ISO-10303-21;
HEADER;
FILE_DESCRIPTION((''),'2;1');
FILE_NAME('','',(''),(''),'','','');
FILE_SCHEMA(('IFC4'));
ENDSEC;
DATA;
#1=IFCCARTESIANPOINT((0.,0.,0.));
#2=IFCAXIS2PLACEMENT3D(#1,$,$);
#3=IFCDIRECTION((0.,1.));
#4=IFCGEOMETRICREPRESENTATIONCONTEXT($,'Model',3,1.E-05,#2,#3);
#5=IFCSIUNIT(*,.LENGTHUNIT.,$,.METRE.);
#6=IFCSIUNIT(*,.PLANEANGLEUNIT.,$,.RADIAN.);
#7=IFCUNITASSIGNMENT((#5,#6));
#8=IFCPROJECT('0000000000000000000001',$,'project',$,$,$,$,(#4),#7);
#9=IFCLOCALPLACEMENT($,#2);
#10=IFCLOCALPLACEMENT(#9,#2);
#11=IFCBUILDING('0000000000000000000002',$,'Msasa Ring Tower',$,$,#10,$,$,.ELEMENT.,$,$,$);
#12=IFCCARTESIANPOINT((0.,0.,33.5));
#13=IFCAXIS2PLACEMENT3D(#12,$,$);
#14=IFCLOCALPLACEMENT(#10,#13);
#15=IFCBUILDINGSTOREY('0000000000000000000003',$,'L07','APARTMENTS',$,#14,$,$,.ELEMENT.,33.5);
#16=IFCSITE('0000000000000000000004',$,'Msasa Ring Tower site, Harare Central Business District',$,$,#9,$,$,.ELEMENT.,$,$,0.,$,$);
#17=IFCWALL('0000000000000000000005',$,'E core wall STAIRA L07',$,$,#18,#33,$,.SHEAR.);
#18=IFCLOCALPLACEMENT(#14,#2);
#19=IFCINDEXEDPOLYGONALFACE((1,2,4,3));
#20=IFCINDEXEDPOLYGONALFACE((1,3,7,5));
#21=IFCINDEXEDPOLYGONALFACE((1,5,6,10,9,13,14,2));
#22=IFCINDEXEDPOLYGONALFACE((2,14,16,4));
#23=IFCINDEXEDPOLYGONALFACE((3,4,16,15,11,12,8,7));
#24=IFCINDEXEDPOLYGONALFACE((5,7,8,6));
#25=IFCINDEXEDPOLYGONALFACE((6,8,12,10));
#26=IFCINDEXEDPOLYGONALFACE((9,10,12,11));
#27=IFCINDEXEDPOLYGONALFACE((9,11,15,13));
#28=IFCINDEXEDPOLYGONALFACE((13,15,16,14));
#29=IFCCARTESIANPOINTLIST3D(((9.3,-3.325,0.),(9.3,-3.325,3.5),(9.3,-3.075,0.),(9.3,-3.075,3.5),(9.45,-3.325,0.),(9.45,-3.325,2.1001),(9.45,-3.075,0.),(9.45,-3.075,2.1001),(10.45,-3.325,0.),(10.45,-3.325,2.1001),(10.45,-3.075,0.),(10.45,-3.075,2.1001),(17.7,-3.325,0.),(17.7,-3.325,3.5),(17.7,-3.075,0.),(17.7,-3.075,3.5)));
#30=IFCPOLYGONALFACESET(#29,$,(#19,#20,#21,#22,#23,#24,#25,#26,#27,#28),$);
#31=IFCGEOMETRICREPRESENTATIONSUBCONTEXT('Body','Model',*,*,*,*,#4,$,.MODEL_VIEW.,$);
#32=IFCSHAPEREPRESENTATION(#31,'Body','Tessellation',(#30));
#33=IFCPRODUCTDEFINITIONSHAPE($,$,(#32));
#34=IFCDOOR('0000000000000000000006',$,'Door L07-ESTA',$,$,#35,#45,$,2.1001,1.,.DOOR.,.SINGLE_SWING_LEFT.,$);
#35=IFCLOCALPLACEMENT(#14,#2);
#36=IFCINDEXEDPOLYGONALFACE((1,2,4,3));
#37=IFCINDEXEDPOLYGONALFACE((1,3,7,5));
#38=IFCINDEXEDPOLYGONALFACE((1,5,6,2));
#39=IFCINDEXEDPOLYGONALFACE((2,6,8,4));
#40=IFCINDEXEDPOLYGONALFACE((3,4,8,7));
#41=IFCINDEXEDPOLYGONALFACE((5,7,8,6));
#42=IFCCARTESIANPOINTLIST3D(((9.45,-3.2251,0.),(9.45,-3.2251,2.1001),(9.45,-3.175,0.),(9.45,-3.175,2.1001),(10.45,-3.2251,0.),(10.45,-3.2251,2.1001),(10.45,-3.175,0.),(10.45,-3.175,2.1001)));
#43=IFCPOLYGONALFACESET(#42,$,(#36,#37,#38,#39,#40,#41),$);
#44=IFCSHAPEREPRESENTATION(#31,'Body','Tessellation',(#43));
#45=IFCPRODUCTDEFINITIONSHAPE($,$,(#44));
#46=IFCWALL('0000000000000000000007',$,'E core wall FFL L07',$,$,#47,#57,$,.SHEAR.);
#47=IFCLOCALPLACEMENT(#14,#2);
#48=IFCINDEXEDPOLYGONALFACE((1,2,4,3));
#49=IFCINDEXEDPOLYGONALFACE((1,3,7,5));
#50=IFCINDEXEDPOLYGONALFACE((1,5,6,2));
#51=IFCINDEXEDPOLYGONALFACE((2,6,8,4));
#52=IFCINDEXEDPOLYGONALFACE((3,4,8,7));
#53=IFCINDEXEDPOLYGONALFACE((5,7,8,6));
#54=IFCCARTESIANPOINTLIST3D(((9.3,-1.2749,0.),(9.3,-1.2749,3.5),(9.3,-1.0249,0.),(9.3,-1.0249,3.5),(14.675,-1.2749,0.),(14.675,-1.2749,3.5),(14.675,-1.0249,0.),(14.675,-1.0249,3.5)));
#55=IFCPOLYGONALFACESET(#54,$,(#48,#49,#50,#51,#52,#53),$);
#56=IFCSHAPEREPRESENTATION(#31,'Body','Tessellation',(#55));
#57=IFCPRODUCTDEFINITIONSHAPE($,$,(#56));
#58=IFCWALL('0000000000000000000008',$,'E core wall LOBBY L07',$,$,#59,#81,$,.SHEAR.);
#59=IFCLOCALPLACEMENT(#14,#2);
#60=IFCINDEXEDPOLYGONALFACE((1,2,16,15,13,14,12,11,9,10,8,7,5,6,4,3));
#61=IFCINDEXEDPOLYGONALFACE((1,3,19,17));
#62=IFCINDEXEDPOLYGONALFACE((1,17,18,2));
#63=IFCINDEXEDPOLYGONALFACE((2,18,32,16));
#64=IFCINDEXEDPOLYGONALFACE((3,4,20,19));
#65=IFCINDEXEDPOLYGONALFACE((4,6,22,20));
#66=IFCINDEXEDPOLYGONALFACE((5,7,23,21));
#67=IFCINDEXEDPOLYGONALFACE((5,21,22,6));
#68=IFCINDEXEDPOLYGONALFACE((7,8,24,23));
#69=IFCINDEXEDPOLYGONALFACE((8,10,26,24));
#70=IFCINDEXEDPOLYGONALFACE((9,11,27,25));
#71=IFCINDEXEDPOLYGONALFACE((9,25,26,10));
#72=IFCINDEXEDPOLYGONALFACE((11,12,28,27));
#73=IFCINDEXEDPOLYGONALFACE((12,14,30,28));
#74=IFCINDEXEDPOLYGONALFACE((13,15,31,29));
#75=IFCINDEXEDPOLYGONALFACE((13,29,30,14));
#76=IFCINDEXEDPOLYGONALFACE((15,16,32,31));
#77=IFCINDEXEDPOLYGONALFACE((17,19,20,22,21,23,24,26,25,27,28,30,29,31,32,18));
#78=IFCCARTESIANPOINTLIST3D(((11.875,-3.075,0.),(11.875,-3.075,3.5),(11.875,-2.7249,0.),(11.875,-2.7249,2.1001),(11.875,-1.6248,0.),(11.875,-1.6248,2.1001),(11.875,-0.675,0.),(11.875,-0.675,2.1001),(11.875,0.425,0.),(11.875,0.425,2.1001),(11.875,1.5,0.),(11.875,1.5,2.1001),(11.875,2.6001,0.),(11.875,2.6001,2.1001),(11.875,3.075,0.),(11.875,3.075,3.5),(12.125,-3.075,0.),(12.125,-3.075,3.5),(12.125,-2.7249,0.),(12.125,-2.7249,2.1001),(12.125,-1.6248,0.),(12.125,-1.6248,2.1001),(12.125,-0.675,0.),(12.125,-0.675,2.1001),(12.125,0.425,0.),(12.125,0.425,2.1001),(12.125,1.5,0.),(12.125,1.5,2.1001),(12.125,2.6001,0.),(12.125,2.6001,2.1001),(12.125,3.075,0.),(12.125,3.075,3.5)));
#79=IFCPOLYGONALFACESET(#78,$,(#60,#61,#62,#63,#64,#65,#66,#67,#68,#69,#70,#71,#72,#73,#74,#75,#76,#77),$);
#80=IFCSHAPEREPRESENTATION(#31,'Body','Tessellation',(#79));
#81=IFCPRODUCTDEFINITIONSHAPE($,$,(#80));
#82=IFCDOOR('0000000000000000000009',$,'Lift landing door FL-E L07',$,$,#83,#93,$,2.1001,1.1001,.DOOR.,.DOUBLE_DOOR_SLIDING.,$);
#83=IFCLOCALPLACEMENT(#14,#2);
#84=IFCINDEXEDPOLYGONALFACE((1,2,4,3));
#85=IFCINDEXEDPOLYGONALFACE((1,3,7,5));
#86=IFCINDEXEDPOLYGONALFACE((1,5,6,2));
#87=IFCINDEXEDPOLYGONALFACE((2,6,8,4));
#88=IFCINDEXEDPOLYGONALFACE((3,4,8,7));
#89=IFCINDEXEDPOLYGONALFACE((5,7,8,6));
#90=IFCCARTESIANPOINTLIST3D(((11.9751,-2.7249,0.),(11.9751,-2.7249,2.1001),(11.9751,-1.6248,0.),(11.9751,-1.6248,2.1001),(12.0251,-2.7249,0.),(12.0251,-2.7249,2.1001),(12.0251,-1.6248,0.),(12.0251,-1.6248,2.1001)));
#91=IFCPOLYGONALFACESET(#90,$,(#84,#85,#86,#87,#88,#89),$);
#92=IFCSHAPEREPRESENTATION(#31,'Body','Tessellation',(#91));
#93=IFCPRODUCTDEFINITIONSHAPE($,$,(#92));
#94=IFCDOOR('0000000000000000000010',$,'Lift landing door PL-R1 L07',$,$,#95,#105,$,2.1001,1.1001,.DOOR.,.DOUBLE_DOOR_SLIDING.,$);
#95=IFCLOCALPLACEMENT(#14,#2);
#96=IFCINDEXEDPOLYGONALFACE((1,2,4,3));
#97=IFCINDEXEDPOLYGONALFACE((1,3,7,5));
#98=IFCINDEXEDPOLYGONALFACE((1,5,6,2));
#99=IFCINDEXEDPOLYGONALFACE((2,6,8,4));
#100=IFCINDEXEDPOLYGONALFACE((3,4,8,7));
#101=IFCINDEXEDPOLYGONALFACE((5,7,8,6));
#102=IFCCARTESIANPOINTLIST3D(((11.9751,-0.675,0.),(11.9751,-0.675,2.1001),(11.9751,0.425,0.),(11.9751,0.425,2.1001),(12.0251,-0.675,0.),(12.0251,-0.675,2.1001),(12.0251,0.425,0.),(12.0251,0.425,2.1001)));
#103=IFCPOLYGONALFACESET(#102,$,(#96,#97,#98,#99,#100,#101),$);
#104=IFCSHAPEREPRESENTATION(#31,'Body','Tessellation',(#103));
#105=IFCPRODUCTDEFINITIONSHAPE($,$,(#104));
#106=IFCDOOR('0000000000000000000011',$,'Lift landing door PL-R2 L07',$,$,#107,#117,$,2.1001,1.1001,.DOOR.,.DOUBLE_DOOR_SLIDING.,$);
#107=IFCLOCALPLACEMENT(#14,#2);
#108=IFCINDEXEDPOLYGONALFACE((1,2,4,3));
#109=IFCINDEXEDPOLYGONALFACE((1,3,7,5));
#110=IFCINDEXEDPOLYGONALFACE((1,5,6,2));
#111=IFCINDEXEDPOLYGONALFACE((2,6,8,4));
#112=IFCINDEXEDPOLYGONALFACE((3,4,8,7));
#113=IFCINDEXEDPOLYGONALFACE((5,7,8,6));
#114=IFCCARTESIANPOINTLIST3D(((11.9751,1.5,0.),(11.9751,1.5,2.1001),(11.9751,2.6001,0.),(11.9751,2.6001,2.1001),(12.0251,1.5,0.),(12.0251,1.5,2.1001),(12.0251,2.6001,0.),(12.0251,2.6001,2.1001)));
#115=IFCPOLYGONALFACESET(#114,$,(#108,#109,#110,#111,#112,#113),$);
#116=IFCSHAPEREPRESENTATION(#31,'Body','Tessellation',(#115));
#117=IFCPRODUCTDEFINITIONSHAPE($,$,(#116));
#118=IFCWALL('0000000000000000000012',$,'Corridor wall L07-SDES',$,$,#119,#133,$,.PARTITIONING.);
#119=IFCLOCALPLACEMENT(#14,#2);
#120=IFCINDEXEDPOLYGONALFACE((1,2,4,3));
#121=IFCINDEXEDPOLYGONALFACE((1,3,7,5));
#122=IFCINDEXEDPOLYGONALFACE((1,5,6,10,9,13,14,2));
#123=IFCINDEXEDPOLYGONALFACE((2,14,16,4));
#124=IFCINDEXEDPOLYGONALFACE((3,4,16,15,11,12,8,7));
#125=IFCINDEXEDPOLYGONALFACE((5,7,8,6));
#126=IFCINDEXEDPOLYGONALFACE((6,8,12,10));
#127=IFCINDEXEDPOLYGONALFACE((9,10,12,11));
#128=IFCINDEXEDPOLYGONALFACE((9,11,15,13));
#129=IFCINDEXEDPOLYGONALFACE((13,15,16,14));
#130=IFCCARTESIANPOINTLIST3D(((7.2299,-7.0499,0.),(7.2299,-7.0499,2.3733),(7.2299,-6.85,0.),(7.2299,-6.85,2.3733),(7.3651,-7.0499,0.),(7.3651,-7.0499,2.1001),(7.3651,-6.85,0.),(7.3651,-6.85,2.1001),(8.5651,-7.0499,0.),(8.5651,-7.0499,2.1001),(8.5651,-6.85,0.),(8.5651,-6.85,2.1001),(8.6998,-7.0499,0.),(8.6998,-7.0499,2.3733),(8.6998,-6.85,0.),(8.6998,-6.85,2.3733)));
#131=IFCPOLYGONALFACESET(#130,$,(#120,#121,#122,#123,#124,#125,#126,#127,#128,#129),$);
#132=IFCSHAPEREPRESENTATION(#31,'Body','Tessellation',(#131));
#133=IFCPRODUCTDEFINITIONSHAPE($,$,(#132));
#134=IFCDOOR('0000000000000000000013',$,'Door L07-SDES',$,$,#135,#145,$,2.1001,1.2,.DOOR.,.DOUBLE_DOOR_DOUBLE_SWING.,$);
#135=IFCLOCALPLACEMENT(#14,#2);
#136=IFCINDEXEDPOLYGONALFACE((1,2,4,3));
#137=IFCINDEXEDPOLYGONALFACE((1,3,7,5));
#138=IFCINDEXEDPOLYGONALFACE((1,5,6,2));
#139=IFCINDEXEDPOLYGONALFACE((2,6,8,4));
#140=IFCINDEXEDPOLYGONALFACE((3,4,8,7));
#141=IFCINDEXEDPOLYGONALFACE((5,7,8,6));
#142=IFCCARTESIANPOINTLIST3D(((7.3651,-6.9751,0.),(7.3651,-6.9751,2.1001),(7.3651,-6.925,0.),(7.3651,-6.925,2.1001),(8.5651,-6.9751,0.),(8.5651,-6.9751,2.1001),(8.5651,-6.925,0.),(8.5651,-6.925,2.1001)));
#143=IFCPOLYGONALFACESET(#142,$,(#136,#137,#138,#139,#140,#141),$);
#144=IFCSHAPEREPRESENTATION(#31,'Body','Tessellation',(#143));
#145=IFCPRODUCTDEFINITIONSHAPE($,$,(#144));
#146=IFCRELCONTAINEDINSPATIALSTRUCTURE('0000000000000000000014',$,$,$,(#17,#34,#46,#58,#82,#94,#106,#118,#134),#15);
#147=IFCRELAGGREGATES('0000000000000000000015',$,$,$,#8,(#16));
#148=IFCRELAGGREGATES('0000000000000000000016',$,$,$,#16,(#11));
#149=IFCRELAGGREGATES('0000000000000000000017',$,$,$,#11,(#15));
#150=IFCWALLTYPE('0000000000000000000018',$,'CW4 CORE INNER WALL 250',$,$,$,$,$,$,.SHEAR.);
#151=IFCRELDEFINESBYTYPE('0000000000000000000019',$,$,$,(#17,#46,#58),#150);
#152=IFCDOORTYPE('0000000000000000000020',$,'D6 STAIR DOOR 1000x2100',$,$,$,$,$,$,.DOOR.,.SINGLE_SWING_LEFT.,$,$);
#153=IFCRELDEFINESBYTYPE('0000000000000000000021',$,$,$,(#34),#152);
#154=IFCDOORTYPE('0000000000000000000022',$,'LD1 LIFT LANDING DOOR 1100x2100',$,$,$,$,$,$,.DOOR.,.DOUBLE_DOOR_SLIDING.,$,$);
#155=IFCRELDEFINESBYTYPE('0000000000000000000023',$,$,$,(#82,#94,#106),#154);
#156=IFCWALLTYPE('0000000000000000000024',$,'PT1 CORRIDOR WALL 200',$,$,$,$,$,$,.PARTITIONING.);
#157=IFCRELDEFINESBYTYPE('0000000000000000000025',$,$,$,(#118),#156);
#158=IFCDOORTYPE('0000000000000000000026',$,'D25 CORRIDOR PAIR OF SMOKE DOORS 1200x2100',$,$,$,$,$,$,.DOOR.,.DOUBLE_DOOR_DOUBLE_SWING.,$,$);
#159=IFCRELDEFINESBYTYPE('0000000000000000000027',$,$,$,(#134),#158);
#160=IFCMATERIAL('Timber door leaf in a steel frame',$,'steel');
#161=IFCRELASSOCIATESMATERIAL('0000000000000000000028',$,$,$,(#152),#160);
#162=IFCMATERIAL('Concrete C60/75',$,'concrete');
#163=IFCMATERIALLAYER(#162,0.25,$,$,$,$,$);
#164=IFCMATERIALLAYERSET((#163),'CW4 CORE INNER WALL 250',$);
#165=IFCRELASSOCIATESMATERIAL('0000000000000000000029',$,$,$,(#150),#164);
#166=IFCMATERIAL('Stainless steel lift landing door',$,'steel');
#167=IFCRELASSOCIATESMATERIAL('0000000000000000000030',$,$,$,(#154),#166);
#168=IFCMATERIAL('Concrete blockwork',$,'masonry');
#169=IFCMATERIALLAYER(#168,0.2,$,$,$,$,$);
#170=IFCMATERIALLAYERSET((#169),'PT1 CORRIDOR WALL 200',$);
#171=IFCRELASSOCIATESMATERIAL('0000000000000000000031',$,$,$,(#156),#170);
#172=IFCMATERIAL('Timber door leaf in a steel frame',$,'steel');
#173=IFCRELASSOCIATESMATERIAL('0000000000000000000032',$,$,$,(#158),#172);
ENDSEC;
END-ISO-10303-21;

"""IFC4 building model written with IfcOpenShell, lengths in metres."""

from ifc_helpers import new_model, si_unit, direction, frame, frame_2d, origin, place, context, subcontext, project, spatial, rectangle, extrude, material, layer, layer_set, type_object, element, fill, save


model = new_model("IFC4")

# Units and contexts
model_context = context("Model", 3, precision=1e-05, world=origin(), true_north=direction((0.0, 1.0)))
body_context = subcontext(model_context, "Body", "Model", "MODEL_VIEW")
ifc_project = project(units=[si_unit("LENGTHUNIT", "METRE"), si_unit("PLANEANGLEUNIT", "RADIAN")], contexts=[model_context])

# Site, building, storey
site_placement = place(None, origin())
site = spatial("IfcSite", under=ifc_project, at=site_placement, Name="Msasa Ring Tower site, Harare Central Business District", CompositionType="ELEMENT", RefElevation=0.0)
building_placement = place(site_placement, origin())
building = spatial("IfcBuilding", under=site, at=building_placement, Name="Msasa Ring Tower", CompositionType="ELEMENT")
storey_placement = place(building_placement, frame((0.0, 0.0, 33.5)))
storey = spatial("IfcBuildingStorey", under=building, at=storey_placement, Name="L07", Description="APARTMENTS", CompositionType="ELEMENT", Elevation=33.5)

# Shared definitions
ifc_material_1 = material(Name="Timber door leaf in a steel frame", Category="steel")
door_type_1 = type_object("IfcDoorType", Name="D6 STAIR DOOR 1000x2100", OperationType="SINGLE_SWING_LEFT", PredefinedType="DOOR", material=ifc_material_1)

# Wall, opening, door
ifc_material_2 = material(Name="Concrete C60/75", Category="concrete")
ifc_layer_1 = layer(ifc_material_2, 0.25)
ifc_layer_set_1 = layer_set([ifc_layer_1], Name="CW4 CORE INNER WALL 250")
wall_type_1 = type_object("IfcWallType", Name="CW4 CORE INNER WALL 250", PredefinedType="SHEAR", material=ifc_layer_set_1)
wall_1_placement = place(storey_placement, frame((9.3, -3.2, 0.0), z_axis=(0.0, 0.0, 1.0), x_axis=(1.0, 0.0, 0.0)))
wall_1 = element("IfcWall", 1, at=wall_1_placement, inside=storey, type_object=wall_type_1, Name="E core wall STAIRA L07", PredefinedType="SHEAR", context=body_context, shape_type="SweptSolid", body=[
    extrude(rectangle(XDim=8.3999, YDim=0.25, at=frame_2d((4.2, 0.0))), origin(), (0.0, 0.0, 1.0), 3.5),
])
opening_1_placement = place(wall_1_placement, frame((0.1499, 0.0, 0.0)))
opening_1 = element("IfcOpeningElement", 2, at=opening_1_placement, cuts=wall_1, PredefinedType="OPENING", context=body_context, shape_type="SweptSolid", body=[
    extrude(rectangle(XDim=1.0, YDim=2.1001, at=frame_2d((0.5, 1.05))), frame((0.0, 0.135, 0.0), z_axis=(0.0, -1.0, 0.0), x_axis=(1.0, 0.0, 0.0)), (0.0, 0.0, 1.0), 0.27),
])
door_1_placement = place(opening_1_placement, origin())
door_1 = element("IfcDoor", 3, at=door_1_placement, inside=storey, type_object=door_type_1, Name="Door L07-ESTA", OperationType="SINGLE_SWING_LEFT", OverallHeight=2.1001, OverallWidth=1.0, PredefinedType="DOOR", context=body_context, shape_type="SweptSolid", body=[
    extrude(rectangle(XDim=1.0, YDim=2.1001, at=frame_2d((0.5, 1.05))), frame((0.0, 0.0249, 0.0), z_axis=(0.0, -1.0, 0.0), x_axis=(1.0, 0.0, 0.0)), (0.0, 0.0, 1.0), 0.05),
])
fill(opening_1, door_1)

# Wall
wall_2_placement = place(storey_placement, frame((9.3, -1.1499, 0.0), z_axis=(0.0, 0.0, 1.0), x_axis=(1.0, 0.0, 0.0)))
element("IfcWall", 4, at=wall_2_placement, inside=storey, type_object=wall_type_1, Name="E core wall FFL L07", PredefinedType="SHEAR", context=body_context, shape_type="SweptSolid", body=[
    extrude(rectangle(XDim=5.375, YDim=0.25, at=frame_2d((2.6875, 0.0))), origin(), (0.0, 0.0, 1.0), 3.5),
])

# Wall, openings, doors
wall_3_placement = place(storey_placement, frame((12.0, -3.075, 0.0), z_axis=(0.0, 0.0, 1.0), x_axis=(0.0, 1.0, 0.0)))
wall_3 = element("IfcWall", 5, at=wall_3_placement, inside=storey, type_object=wall_type_1, Name="E core wall LOBBY L07", PredefinedType="SHEAR", context=body_context, shape_type="SweptSolid", body=[
    extrude(rectangle(XDim=6.1499, YDim=0.25, at=frame_2d((3.075, 0.0))), origin(), (0.0, 0.0, 1.0), 3.5),
])
opening_2_placement = place(wall_3_placement, frame((0.3501, 0.0, 0.0)))
opening_2 = element("IfcOpeningElement", 6, at=opening_2_placement, cuts=wall_3, PredefinedType="OPENING", context=body_context, shape_type="SweptSolid", body=[
    extrude(rectangle(XDim=1.1001, YDim=2.1001, at=frame_2d((0.55, 1.05))), frame((0.0, 0.135, 0.0), z_axis=(0.0, -1.0, 0.0), x_axis=(1.0, 0.0, 0.0)), (0.0, 0.0, 1.0), 0.27),
])
opening_3_placement = place(wall_3_placement, frame((2.3999, 0.0, 0.0)))
opening_3 = element("IfcOpeningElement", 7, at=opening_3_placement, cuts=wall_3, PredefinedType="OPENING", context=body_context, shape_type="SweptSolid", body=[
    extrude(rectangle(XDim=1.1001, YDim=2.1001, at=frame_2d((0.55, 1.05))), frame((0.0, 0.135, 0.0), z_axis=(0.0, -1.0, 0.0), x_axis=(1.0, 0.0, 0.0)), (0.0, 0.0, 1.0), 0.27),
])
opening_4_placement = place(wall_3_placement, frame((4.575, 0.0, 0.0)))
opening_4 = element("IfcOpeningElement", 8, at=opening_4_placement, cuts=wall_3, PredefinedType="OPENING", context=body_context, shape_type="SweptSolid", body=[
    extrude(rectangle(XDim=1.1001, YDim=2.1001, at=frame_2d((0.55, 1.05))), frame((0.0, 0.135, 0.0), z_axis=(0.0, -1.0, 0.0), x_axis=(1.0, 0.0, 0.0)), (0.0, 0.0, 1.0), 0.27),
])
ifc_material_3 = material(Name="Stainless steel lift landing door", Category="steel")
door_type_2 = type_object("IfcDoorType", Name="LD1 LIFT LANDING DOOR 1100x2100", OperationType="DOUBLE_DOOR_SLIDING", PredefinedType="DOOR", material=ifc_material_3)
door_2_placement = place(opening_2_placement, origin())
door_2 = element("IfcDoor", 9, at=door_2_placement, inside=storey, type_object=door_type_2, Name="Lift landing door FL-E L07", OperationType="DOUBLE_DOOR_SLIDING", OverallHeight=2.1001, OverallWidth=1.1001, PredefinedType="DOOR", context=body_context, shape_type="SweptSolid", body=[
    extrude(rectangle(XDim=1.1001, YDim=2.1001, at=frame_2d((0.55, 1.05))), frame((0.0, 0.0249, 0.0), z_axis=(0.0, -1.0, 0.0), x_axis=(1.0, 0.0, 0.0)), (0.0, 0.0, 1.0), 0.05),
])
fill(opening_2, door_2)
door_3_placement = place(opening_3_placement, origin())
door_3 = element("IfcDoor", 10, at=door_3_placement, inside=storey, type_object=door_type_2, Name="Lift landing door PL-R1 L07", OperationType="DOUBLE_DOOR_SLIDING", OverallHeight=2.1001, OverallWidth=1.1001, PredefinedType="DOOR", context=body_context, shape_type="SweptSolid", body=[
    extrude(rectangle(XDim=1.1001, YDim=2.1001, at=frame_2d((0.55, 1.05))), frame((0.0, 0.0249, 0.0), z_axis=(0.0, -1.0, 0.0), x_axis=(1.0, 0.0, 0.0)), (0.0, 0.0, 1.0), 0.05),
])
fill(opening_3, door_3)
door_4_placement = place(opening_4_placement, origin())
door_4 = element("IfcDoor", 11, at=door_4_placement, inside=storey, type_object=door_type_2, Name="Lift landing door PL-R2 L07", OperationType="DOUBLE_DOOR_SLIDING", OverallHeight=2.1001, OverallWidth=1.1001, PredefinedType="DOOR", context=body_context, shape_type="SweptSolid", body=[
    extrude(rectangle(XDim=1.1001, YDim=2.1001, at=frame_2d((0.55, 1.05))), frame((0.0, 0.0249, 0.0), z_axis=(0.0, -1.0, 0.0), x_axis=(1.0, 0.0, 0.0)), (0.0, 0.0, 1.0), 0.05),
])
fill(opening_4, door_4)

# Wall, opening, door
ifc_material_4 = material(Name="Concrete blockwork", Category="masonry")
ifc_layer_2 = layer(ifc_material_4, 0.2)
ifc_layer_set_2 = layer_set([ifc_layer_2], Name="PT1 CORRIDOR WALL 200")
wall_type_2 = type_object("IfcWallType", Name="PT1 CORRIDOR WALL 200", PredefinedType="PARTITIONING", material=ifc_layer_set_2)
wall_4_placement = place(storey_placement, frame((7.23, -6.95, 0.0), z_axis=(0.0, 0.0, 1.0), x_axis=(1.0, 0.0, 0.0)))
wall_4 = element("IfcWall", 12, at=wall_4_placement, inside=storey, type_object=wall_type_2, Name="Corridor wall L07-SDES", PredefinedType="PARTITIONING", context=body_context, shape_type="SweptSolid", body=[
    extrude(rectangle(XDim=1.47, YDim=0.2, at=frame_2d((0.7349, 0.0))), origin(), (0.0, 0.0, 1.0), 2.3733),
])
opening_5_placement = place(wall_4_placement, frame((0.135, 0.0, 0.0)))
opening_5 = element("IfcOpeningElement", 13, at=opening_5_placement, cuts=wall_4, PredefinedType="OPENING", context=body_context, shape_type="SweptSolid", body=[
    extrude(rectangle(XDim=1.2, YDim=2.1001, at=frame_2d((0.6001, 1.05))), frame((0.0, 0.1099, 0.0), z_axis=(0.0, -1.0, 0.0), x_axis=(1.0, 0.0, 0.0)), (0.0, 0.0, 1.0), 0.22),
])
ifc_material_5 = material(Name="Timber door leaf in a steel frame", Category="steel")
door_type_3 = type_object("IfcDoorType", Name="D25 CORRIDOR PAIR OF SMOKE DOORS 1200x2100", OperationType="DOUBLE_DOOR_DOUBLE_SWING", PredefinedType="DOOR", material=ifc_material_5)
door_5_placement = place(opening_5_placement, origin())
door_5 = element("IfcDoor", 14, at=door_5_placement, inside=storey, type_object=door_type_3, Name="Door L07-SDES", OperationType="DOUBLE_DOOR_DOUBLE_SWING", OverallHeight=2.1001, OverallWidth=1.2, PredefinedType="DOOR", context=body_context, shape_type="SweptSolid", body=[
    extrude(rectangle(XDim=1.2, YDim=2.1001, at=frame_2d((0.6001, 1.05))), frame((0.0, 0.0249, 0.0), z_axis=(0.0, -1.0, 0.0), x_axis=(1.0, 0.0, 0.0)), (0.0, 0.0, 1.0), 0.05),
])
fill(opening_5, door_5)

save(model, "model.ifc")
